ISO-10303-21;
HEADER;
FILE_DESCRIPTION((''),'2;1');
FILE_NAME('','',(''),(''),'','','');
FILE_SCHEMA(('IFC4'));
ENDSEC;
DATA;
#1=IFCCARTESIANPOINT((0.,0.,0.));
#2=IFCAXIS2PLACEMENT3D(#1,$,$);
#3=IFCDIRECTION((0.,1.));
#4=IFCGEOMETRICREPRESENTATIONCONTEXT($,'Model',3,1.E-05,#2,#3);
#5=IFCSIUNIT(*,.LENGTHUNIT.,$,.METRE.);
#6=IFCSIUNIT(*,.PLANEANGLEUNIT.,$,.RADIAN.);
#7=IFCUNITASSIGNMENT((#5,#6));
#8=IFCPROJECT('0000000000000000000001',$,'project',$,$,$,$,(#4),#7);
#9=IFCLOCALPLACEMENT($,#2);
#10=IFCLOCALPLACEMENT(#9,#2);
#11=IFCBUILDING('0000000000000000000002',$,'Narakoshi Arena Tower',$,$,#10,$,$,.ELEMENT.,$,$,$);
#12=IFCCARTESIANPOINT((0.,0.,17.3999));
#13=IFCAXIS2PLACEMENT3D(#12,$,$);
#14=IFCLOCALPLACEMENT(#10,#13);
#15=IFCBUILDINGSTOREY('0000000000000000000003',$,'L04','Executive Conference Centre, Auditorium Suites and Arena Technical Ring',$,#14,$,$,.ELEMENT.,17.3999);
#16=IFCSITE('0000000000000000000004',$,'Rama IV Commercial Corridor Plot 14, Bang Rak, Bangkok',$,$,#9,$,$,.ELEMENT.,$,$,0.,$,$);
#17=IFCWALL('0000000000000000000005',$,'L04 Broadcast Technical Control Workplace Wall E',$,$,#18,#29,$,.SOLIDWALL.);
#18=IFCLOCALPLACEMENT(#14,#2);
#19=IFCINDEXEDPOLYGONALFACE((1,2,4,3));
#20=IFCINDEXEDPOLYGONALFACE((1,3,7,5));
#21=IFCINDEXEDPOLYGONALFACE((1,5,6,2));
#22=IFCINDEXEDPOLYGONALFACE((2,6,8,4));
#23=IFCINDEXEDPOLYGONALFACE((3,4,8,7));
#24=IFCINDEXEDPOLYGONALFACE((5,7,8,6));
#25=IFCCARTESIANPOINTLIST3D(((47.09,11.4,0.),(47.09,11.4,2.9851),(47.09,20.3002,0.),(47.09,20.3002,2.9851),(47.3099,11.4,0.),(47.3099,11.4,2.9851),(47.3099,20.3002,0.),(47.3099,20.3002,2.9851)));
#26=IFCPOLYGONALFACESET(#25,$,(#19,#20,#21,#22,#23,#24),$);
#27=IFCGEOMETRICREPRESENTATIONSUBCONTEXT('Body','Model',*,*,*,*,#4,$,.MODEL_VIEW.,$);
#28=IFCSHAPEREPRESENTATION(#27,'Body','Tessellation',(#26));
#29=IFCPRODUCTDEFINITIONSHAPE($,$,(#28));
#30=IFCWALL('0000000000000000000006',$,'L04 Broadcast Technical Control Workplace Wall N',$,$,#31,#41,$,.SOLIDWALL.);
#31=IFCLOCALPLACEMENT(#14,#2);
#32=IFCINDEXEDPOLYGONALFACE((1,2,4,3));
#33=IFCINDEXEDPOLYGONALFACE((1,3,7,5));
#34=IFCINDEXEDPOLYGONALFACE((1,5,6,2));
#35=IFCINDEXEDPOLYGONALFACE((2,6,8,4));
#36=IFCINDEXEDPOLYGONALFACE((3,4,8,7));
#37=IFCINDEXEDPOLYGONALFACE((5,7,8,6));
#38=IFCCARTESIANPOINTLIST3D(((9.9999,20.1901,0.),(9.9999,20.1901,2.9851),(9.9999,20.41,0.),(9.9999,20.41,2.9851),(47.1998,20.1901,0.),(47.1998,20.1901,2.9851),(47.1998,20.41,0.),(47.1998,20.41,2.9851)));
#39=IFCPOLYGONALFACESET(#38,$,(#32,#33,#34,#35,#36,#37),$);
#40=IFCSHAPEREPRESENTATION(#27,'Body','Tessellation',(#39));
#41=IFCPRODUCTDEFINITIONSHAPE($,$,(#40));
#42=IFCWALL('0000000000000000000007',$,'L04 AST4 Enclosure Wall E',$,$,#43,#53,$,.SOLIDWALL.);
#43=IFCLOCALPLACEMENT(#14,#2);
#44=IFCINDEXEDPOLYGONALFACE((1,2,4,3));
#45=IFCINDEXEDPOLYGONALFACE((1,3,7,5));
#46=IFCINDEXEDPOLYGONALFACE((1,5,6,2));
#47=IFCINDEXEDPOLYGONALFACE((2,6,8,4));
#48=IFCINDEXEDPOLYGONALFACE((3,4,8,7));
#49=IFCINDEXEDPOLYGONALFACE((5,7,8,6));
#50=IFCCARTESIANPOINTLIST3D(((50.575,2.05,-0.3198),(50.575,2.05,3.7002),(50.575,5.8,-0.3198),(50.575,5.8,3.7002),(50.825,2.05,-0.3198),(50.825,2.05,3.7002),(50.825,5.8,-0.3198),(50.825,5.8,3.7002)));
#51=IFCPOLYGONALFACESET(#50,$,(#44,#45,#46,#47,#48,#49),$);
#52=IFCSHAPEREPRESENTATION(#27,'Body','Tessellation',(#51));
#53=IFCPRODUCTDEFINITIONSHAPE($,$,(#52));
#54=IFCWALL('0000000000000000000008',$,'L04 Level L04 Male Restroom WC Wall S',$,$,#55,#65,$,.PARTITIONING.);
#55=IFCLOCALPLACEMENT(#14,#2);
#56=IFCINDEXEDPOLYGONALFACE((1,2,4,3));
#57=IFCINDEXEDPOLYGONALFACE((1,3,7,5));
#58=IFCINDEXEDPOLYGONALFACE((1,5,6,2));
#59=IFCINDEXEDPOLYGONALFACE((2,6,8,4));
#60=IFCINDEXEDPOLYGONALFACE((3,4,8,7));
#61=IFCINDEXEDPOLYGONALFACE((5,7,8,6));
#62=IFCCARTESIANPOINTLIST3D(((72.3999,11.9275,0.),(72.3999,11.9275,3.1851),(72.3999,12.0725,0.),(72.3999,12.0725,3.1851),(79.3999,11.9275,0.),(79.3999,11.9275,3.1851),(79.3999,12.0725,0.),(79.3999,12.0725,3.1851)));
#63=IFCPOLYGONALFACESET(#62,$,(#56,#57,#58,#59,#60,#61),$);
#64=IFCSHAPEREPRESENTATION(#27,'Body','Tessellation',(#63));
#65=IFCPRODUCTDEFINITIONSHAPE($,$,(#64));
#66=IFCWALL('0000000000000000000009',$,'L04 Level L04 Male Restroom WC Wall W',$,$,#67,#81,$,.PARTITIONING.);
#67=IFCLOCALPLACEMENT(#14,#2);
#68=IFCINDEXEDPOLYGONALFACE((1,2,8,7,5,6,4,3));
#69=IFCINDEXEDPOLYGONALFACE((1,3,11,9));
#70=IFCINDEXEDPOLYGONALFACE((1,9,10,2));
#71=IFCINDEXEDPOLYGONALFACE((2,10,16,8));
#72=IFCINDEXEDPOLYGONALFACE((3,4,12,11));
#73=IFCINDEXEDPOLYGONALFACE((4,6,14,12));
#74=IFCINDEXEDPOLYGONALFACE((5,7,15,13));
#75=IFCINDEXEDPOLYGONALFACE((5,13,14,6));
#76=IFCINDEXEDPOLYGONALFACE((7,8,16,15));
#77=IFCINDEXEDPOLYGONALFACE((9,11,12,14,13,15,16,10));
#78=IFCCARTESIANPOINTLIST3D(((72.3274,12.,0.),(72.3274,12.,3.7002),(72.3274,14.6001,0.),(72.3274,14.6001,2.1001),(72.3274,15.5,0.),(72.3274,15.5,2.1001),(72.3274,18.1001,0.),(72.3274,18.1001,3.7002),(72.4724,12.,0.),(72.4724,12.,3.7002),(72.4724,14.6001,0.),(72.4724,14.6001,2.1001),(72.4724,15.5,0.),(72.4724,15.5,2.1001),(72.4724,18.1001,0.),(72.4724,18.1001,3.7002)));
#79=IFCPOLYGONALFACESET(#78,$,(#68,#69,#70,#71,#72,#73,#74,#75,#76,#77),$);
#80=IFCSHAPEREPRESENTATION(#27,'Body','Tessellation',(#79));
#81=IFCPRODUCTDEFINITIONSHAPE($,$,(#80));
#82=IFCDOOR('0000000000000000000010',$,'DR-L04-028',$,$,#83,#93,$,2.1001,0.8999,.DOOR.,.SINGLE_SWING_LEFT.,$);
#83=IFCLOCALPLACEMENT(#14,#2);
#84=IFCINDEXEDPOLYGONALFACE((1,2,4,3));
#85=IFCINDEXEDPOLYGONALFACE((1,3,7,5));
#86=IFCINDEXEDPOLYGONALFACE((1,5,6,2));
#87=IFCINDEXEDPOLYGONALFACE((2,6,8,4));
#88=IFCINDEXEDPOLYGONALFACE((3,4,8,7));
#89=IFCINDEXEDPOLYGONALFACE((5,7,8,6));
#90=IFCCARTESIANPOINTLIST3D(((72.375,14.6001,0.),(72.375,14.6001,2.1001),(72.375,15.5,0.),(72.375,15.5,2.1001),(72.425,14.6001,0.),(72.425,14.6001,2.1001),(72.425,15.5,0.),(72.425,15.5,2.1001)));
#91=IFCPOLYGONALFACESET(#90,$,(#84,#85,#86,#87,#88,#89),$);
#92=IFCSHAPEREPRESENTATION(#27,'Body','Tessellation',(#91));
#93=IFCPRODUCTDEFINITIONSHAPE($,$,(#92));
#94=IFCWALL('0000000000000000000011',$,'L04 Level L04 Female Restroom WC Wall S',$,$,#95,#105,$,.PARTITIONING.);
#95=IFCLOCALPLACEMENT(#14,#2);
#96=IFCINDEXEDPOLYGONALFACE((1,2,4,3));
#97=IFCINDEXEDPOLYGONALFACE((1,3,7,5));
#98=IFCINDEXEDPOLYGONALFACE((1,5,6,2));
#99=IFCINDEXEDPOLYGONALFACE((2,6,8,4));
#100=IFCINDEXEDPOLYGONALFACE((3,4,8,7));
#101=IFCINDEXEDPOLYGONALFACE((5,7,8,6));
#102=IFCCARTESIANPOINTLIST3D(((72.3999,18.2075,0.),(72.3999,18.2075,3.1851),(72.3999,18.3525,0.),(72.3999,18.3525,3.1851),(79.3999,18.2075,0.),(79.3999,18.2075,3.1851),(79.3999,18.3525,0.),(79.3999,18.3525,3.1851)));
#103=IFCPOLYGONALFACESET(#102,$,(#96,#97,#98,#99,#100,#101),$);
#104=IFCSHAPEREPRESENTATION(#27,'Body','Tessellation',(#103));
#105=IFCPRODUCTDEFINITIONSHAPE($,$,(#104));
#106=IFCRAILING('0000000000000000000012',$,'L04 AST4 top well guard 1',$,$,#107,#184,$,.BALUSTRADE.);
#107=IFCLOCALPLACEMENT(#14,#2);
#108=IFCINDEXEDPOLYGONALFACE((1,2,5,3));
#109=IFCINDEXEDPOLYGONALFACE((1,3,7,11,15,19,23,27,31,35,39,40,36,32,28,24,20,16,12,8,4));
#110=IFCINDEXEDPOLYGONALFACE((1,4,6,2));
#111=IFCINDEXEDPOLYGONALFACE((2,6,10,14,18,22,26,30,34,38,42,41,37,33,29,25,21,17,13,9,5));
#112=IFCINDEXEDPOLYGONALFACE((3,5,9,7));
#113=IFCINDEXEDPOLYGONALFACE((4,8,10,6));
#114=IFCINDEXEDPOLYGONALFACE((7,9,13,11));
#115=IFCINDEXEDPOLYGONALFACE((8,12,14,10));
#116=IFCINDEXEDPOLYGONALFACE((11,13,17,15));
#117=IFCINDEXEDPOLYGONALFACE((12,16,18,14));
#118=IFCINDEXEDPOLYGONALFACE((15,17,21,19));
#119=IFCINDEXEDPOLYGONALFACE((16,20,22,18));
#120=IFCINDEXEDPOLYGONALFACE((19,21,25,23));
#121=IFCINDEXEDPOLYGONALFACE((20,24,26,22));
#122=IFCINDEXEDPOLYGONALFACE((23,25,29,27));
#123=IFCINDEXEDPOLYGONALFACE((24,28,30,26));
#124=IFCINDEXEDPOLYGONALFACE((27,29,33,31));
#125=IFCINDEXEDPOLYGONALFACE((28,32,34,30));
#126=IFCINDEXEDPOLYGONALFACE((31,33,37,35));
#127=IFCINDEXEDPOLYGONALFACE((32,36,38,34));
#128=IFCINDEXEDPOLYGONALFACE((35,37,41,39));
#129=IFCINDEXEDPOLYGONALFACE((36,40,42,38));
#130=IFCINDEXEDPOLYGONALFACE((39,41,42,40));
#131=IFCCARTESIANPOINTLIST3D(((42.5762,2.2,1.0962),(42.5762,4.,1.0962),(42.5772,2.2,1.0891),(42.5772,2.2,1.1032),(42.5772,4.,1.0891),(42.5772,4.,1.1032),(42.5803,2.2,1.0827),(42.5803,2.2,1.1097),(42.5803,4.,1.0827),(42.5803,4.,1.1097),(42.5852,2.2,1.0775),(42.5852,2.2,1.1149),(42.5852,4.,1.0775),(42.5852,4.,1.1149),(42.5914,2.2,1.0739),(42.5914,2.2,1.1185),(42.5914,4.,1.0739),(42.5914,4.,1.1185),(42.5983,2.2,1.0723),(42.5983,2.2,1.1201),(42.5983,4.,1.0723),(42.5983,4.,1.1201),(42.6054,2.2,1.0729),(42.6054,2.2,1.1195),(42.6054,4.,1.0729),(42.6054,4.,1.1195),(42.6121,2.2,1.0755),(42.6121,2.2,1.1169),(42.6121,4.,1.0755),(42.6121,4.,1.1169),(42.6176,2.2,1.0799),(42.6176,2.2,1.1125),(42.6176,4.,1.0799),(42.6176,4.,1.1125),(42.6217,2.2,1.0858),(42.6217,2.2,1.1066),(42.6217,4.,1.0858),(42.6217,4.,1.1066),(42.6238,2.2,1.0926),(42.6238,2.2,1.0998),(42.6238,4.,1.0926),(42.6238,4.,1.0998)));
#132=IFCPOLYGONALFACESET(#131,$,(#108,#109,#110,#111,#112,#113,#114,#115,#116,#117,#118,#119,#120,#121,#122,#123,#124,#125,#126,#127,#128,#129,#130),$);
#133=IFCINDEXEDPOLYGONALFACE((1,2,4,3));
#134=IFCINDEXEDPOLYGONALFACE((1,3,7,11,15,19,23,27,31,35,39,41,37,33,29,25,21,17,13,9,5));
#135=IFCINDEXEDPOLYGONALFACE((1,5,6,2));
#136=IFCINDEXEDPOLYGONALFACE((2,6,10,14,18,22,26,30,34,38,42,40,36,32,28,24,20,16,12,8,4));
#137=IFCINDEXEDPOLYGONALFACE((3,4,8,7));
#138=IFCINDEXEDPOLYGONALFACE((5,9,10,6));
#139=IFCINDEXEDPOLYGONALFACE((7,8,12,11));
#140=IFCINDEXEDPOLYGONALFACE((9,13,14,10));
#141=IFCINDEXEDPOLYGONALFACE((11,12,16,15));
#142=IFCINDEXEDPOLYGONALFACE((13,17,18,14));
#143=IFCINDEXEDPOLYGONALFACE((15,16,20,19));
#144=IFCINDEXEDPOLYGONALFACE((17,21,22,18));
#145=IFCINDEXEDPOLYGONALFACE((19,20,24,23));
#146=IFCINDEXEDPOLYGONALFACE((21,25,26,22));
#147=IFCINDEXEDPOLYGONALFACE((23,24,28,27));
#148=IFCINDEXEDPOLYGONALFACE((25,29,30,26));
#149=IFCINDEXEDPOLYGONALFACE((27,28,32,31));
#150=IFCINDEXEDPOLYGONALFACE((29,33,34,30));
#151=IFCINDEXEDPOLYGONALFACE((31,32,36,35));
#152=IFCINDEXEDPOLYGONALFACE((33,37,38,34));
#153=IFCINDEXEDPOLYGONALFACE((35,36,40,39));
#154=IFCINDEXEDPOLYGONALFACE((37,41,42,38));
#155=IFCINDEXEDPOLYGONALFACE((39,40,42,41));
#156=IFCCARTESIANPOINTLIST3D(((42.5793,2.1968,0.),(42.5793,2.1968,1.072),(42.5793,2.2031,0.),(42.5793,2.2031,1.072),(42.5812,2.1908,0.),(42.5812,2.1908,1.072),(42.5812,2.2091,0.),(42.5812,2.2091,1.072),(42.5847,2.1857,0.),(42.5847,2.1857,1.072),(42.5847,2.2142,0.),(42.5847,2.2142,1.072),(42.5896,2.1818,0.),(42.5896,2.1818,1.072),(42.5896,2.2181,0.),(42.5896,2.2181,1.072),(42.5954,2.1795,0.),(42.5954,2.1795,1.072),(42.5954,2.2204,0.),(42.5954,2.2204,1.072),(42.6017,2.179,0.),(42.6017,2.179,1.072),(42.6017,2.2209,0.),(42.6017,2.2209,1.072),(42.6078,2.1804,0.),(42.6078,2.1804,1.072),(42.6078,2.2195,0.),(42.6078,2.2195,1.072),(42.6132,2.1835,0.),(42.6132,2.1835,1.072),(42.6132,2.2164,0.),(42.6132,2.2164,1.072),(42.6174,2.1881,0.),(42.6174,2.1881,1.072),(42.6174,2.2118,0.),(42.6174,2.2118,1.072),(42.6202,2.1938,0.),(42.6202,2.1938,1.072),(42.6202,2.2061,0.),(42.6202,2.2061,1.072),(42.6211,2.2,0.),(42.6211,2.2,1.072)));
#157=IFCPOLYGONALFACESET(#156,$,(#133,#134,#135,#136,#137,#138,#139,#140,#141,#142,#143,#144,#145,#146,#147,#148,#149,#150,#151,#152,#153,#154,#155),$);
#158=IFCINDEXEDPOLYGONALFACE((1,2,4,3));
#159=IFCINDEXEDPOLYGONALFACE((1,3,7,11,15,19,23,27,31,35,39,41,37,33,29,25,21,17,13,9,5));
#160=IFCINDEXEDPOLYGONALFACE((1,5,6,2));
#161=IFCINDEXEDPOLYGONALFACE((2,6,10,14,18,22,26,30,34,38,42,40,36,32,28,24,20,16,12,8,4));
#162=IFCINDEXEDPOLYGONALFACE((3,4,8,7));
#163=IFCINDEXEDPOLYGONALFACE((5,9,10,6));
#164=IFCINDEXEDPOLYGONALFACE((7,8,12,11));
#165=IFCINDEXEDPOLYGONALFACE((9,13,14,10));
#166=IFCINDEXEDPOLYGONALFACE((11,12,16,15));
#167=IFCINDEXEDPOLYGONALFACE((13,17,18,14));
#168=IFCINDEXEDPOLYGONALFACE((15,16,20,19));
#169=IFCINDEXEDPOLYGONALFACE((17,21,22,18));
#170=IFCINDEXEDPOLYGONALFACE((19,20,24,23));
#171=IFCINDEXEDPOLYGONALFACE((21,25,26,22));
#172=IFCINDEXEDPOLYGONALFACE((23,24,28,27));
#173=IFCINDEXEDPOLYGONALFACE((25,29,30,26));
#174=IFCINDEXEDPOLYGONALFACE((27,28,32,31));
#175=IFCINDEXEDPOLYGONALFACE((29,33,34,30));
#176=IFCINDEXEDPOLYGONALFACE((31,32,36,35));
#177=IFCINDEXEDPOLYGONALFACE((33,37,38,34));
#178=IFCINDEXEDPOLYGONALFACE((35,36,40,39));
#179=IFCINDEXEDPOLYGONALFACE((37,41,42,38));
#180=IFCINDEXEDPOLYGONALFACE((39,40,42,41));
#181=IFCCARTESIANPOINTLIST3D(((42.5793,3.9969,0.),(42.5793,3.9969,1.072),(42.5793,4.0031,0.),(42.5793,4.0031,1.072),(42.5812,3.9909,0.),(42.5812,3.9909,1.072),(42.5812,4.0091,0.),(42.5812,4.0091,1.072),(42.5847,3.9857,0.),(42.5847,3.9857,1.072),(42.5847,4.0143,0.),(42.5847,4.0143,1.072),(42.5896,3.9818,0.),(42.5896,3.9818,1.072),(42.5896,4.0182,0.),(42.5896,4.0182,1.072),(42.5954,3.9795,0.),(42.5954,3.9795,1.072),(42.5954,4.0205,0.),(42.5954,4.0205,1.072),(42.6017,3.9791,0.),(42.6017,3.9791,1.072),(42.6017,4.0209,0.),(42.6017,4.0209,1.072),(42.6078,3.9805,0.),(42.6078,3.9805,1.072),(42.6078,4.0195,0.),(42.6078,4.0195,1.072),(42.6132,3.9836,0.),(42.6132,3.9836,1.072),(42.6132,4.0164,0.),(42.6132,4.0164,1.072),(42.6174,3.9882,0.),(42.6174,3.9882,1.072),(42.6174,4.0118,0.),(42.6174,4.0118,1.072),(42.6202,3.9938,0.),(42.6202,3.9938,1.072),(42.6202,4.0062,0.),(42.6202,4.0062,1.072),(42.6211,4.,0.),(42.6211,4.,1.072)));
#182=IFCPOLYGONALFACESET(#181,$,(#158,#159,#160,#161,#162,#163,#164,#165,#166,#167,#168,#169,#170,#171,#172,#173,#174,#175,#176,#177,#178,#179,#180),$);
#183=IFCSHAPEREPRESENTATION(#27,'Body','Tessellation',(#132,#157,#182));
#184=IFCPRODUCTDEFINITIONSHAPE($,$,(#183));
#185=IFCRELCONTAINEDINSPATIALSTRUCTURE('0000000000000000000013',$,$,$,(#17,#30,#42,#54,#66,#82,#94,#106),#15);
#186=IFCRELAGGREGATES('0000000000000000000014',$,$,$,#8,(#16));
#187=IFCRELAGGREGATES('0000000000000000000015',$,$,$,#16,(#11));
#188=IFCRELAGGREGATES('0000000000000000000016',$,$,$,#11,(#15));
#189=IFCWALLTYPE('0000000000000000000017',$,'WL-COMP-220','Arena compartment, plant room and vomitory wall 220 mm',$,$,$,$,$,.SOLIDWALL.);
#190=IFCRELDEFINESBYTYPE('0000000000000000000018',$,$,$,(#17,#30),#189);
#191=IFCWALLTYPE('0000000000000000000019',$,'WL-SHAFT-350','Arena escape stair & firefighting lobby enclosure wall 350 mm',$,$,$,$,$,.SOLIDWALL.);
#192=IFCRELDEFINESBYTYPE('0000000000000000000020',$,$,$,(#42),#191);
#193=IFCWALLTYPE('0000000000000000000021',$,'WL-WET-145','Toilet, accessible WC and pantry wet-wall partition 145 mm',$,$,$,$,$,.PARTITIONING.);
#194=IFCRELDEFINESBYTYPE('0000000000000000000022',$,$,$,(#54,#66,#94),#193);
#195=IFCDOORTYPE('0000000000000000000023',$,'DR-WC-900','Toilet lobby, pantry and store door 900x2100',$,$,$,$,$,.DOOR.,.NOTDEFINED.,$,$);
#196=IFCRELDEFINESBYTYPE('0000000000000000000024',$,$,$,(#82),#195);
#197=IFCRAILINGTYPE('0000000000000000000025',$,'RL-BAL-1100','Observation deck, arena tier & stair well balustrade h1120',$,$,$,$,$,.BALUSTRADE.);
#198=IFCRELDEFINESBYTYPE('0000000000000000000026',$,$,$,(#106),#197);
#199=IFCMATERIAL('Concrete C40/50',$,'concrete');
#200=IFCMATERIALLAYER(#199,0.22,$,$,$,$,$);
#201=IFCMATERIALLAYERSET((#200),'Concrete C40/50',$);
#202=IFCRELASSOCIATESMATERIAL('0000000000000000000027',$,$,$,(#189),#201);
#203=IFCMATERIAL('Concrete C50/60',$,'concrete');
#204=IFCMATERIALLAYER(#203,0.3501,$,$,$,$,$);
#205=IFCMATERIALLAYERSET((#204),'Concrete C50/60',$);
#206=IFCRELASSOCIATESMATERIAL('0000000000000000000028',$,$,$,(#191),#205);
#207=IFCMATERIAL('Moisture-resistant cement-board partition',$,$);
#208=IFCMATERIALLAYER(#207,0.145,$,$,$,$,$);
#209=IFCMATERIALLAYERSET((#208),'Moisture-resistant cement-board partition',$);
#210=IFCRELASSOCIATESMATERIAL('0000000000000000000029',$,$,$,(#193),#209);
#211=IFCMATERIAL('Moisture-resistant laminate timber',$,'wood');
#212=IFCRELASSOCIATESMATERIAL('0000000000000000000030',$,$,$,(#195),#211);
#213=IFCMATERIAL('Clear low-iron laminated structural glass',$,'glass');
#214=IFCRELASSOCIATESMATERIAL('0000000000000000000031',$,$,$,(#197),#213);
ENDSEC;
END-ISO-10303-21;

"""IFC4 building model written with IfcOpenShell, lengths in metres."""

from ifc_helpers import new_model, si_unit, direction, frame, frame_2d, origin, origin_2d, place, context, subcontext, project, spatial, rectangle, circle, extrude, material, layer, layer_set, type_object, element, fill, save


model = new_model("IFC4")

# Units and contexts
model_context = context("Model", 3, precision=1e-05, world=origin(), true_north=direction((0.0, 1.0)))
body_context = subcontext(model_context, "Body", "Model", "MODEL_VIEW")
ifc_project = project(units=[si_unit("LENGTHUNIT", "METRE"), si_unit("PLANEANGLEUNIT", "RADIAN")], contexts=[model_context])

# Site, building, storey
site_placement = place(None, origin())
site = spatial("IfcSite", under=ifc_project, at=site_placement, Name="Rama IV Commercial Corridor Plot 14, Bang Rak, Bangkok", CompositionType="ELEMENT", RefElevation=0.0)
building_placement = place(site_placement, origin())
building = spatial("IfcBuilding", under=site, at=building_placement, Name="Narakoshi Arena Tower", CompositionType="ELEMENT")
storey_placement = place(building_placement, frame((0.0, 0.0, 17.3999)))
storey = spatial("IfcBuildingStorey", under=building, at=storey_placement, Name="L04", Description="Executive Conference Centre, Auditorium Suites and Arena Technical Ring", CompositionType="ELEMENT", Elevation=17.3999)

# Walls
ifc_material_1 = material(Name="Concrete C40/50", Category="concrete")
ifc_layer_1 = layer(ifc_material_1, 0.22)
ifc_layer_set_1 = layer_set([ifc_layer_1], Name="Concrete C40/50")
wall_type_1 = type_object("IfcWallType", Name="WL-COMP-220", Description="Arena compartment, plant room and vomitory wall 220 mm", PredefinedType="SOLIDWALL", material=ifc_layer_set_1)
wall_1_placement = place(storey_placement, frame((47.2, 11.3999, 0.0), z_axis=(0.0, 0.0, 1.0), x_axis=(0.0, 1.0, 0.0)))
element("IfcWall", 1, at=wall_1_placement, inside=storey, type_object=wall_type_1, Name="L04 Broadcast Technical Control Workplace Wall E", PredefinedType="SOLIDWALL", context=body_context, shape_type="SweptSolid", body=[
    extrude(rectangle(XDim=8.9001, YDim=0.22, at=frame_2d((4.4502, 0.0))), origin(), (0.0, 0.0, 1.0), 2.9851),
])
wall_2_placement = place(storey_placement, frame((47.2, 20.3, 0.0), z_axis=(0.0, 0.0, 1.0), x_axis=(-1.0, 0.0, 0.0)))
element("IfcWall", 2, at=wall_2_placement, inside=storey, type_object=wall_type_1, Name="L04 Broadcast Technical Control Workplace Wall N", PredefinedType="SOLIDWALL", context=body_context, shape_type="SweptSolid", body=[
    extrude(rectangle(XDim=37.2, YDim=0.22, at=frame_2d((18.6001, 0.0))), origin(), (0.0, 0.0, 1.0), 2.9851),
])
ifc_material_2 = material(Name="Concrete C50/60", Category="concrete")
ifc_layer_2 = layer(ifc_material_2, 0.3501)
ifc_layer_set_2 = layer_set([ifc_layer_2], Name="Concrete C50/60")
wall_type_2 = type_object("IfcWallType", Name="WL-SHAFT-350", Description="Arena escape stair & firefighting lobby enclosure wall 350 mm", PredefinedType="SOLIDWALL", material=ifc_layer_set_2)
wall_3_placement = place(storey_placement, frame((50.7, 2.05, -0.3198), z_axis=(0.0, 0.0, 1.0), x_axis=(0.0, 1.0, 0.0)))
element("IfcWall", 3, at=wall_3_placement, inside=storey, type_object=wall_type_2, Name="L04 AST4 Enclosure Wall E", PredefinedType="SOLIDWALL", context=body_context, shape_type="SweptSolid", body=[
    extrude(rectangle(XDim=3.75, YDim=0.25, at=frame_2d((1.875, 0.0))), origin(), (0.0, 0.0, 1.0), 4.02),
])
ifc_material_3 = material(Name="Moisture-resistant cement-board partition")
ifc_layer_3 = layer(ifc_material_3, 0.145)
ifc_layer_set_3 = layer_set([ifc_layer_3], Name="Moisture-resistant cement-board partition")
wall_type_3 = type_object("IfcWallType", Name="WL-WET-145", Description="Toilet, accessible WC and pantry wet-wall partition 145 mm", PredefinedType="PARTITIONING", material=ifc_layer_set_3)
wall_4_placement = place(storey_placement, frame((72.3999, 12.0, 0.0), z_axis=(0.0, 0.0, 1.0), x_axis=(1.0, 0.0, 0.0)))
element("IfcWall", 4, at=wall_4_placement, inside=storey, type_object=wall_type_3, Name="L04 Level L04 Male Restroom WC Wall S", PredefinedType="PARTITIONING", context=body_context, shape_type="SweptSolid", body=[
    extrude(rectangle(XDim=7.0, YDim=0.145, at=frame_2d((3.5, 0.0))), origin(), (0.0, 0.0, 1.0), 3.1851),
])

# Wall, opening, door
wall_5_placement = place(storey_placement, frame((72.3999, 18.1001, 0.0), z_axis=(0.0, 0.0, 1.0), x_axis=(0.0, -1.0, 0.0)))
wall_5 = element("IfcWall", 5, at=wall_5_placement, inside=storey, type_object=wall_type_3, Name="L04 Level L04 Male Restroom WC Wall W", PredefinedType="PARTITIONING", context=body_context, shape_type="SweptSolid", body=[
    extrude(rectangle(XDim=6.1001, YDim=0.145, at=frame_2d((3.05, 0.0))), origin(), (0.0, 0.0, 1.0), 3.7002),
])
opening_placement = place(wall_5_placement, frame((2.6001, 0.0, 0.0)))
opening = element("IfcOpeningElement", 6, at=opening_placement, cuts=wall_5, PredefinedType="OPENING", context=body_context, shape_type="SweptSolid", body=[
    extrude(rectangle(XDim=0.8999, YDim=2.1001, at=frame_2d((0.45, 1.05))), frame((0.0, 0.0825, 0.0), z_axis=(0.0, -1.0, 0.0), x_axis=(1.0, 0.0, 0.0)), (0.0, 0.0, 1.0), 0.165),
])
ifc_material_4 = material(Name="Moisture-resistant laminate timber", Category="wood")
door_type = type_object("IfcDoorType", Name="DR-WC-900", Description="Toilet lobby, pantry and store door 900x2100", OperationType="NOTDEFINED", PredefinedType="DOOR", material=ifc_material_4)
door_placement = place(opening_placement, frame((0.8999, 0.0, 0.0), z_axis=(0.0, 0.0, 1.0), x_axis=(-1.0, 0.0, 0.0)))
door = element("IfcDoor", 7, at=door_placement, inside=storey, type_object=door_type, Name="DR-L04-028", OperationType="SINGLE_SWING_LEFT", OverallHeight=2.1001, OverallWidth=0.8999, PredefinedType="DOOR", context=body_context, shape_type="SweptSolid", body=[
    extrude(rectangle(XDim=0.8999, YDim=2.1001, at=frame_2d((0.45, 1.05))), frame((0.0, 0.0249, 0.0), z_axis=(0.0, -1.0, 0.0), x_axis=(1.0, 0.0, 0.0)), (0.0, 0.0, 1.0), 0.05),
])
fill(opening, door)

# Wall
wall_6_placement = place(storey_placement, frame((72.3999, 18.28, 0.0), z_axis=(0.0, 0.0, 1.0), x_axis=(1.0, 0.0, 0.0)))
element("IfcWall", 8, at=wall_6_placement, inside=storey, type_object=wall_type_3, Name="L04 Level L04 Female Restroom WC Wall S", PredefinedType="PARTITIONING", context=body_context, shape_type="SweptSolid", body=[
    extrude(rectangle(XDim=7.0, YDim=0.145, at=frame_2d((3.5, 0.0))), origin(), (0.0, 0.0, 1.0), 3.1851),
])

# Railing
ifc_material_5 = material(Name="Clear low-iron laminated structural glass", Category="glass")
railing_type_1 = type_object("IfcRailingType", Name="RL-BAL-1100", Description="Observation deck, arena tier & stair well balustrade h1120", PredefinedType="BALUSTRADE", material=ifc_material_5)
railing_1_placement = place(storey_placement, frame((42.6001, 2.2, 0.0)))
element("IfcRailing", 9, at=railing_1_placement, inside=storey, type_object=railing_type_1, Name="L04 AST4 top well guard 1", PredefinedType="BALUSTRADE", context=body_context, shape_type="SweptSolid", body=[
    extrude(circle(Radius=0.0239, at=origin_2d()), frame((0.0, 0.0, 1.0962), z_axis=(0.0, 1.0, 0.0), x_axis=(-1.0, 0.0, 0.0)), (0.0, 0.0, 1.0), 1.8),
    extrude(circle(Radius=0.021, at=origin_2d()), origin(), (0.0, 0.0, 1.0), 1.072),
    extrude(circle(Radius=0.021, at=origin_2d()), frame((0.0, 1.8, 0.0)), (0.0, 0.0, 1.0), 1.072),
])

save(model, "model.ifc")
